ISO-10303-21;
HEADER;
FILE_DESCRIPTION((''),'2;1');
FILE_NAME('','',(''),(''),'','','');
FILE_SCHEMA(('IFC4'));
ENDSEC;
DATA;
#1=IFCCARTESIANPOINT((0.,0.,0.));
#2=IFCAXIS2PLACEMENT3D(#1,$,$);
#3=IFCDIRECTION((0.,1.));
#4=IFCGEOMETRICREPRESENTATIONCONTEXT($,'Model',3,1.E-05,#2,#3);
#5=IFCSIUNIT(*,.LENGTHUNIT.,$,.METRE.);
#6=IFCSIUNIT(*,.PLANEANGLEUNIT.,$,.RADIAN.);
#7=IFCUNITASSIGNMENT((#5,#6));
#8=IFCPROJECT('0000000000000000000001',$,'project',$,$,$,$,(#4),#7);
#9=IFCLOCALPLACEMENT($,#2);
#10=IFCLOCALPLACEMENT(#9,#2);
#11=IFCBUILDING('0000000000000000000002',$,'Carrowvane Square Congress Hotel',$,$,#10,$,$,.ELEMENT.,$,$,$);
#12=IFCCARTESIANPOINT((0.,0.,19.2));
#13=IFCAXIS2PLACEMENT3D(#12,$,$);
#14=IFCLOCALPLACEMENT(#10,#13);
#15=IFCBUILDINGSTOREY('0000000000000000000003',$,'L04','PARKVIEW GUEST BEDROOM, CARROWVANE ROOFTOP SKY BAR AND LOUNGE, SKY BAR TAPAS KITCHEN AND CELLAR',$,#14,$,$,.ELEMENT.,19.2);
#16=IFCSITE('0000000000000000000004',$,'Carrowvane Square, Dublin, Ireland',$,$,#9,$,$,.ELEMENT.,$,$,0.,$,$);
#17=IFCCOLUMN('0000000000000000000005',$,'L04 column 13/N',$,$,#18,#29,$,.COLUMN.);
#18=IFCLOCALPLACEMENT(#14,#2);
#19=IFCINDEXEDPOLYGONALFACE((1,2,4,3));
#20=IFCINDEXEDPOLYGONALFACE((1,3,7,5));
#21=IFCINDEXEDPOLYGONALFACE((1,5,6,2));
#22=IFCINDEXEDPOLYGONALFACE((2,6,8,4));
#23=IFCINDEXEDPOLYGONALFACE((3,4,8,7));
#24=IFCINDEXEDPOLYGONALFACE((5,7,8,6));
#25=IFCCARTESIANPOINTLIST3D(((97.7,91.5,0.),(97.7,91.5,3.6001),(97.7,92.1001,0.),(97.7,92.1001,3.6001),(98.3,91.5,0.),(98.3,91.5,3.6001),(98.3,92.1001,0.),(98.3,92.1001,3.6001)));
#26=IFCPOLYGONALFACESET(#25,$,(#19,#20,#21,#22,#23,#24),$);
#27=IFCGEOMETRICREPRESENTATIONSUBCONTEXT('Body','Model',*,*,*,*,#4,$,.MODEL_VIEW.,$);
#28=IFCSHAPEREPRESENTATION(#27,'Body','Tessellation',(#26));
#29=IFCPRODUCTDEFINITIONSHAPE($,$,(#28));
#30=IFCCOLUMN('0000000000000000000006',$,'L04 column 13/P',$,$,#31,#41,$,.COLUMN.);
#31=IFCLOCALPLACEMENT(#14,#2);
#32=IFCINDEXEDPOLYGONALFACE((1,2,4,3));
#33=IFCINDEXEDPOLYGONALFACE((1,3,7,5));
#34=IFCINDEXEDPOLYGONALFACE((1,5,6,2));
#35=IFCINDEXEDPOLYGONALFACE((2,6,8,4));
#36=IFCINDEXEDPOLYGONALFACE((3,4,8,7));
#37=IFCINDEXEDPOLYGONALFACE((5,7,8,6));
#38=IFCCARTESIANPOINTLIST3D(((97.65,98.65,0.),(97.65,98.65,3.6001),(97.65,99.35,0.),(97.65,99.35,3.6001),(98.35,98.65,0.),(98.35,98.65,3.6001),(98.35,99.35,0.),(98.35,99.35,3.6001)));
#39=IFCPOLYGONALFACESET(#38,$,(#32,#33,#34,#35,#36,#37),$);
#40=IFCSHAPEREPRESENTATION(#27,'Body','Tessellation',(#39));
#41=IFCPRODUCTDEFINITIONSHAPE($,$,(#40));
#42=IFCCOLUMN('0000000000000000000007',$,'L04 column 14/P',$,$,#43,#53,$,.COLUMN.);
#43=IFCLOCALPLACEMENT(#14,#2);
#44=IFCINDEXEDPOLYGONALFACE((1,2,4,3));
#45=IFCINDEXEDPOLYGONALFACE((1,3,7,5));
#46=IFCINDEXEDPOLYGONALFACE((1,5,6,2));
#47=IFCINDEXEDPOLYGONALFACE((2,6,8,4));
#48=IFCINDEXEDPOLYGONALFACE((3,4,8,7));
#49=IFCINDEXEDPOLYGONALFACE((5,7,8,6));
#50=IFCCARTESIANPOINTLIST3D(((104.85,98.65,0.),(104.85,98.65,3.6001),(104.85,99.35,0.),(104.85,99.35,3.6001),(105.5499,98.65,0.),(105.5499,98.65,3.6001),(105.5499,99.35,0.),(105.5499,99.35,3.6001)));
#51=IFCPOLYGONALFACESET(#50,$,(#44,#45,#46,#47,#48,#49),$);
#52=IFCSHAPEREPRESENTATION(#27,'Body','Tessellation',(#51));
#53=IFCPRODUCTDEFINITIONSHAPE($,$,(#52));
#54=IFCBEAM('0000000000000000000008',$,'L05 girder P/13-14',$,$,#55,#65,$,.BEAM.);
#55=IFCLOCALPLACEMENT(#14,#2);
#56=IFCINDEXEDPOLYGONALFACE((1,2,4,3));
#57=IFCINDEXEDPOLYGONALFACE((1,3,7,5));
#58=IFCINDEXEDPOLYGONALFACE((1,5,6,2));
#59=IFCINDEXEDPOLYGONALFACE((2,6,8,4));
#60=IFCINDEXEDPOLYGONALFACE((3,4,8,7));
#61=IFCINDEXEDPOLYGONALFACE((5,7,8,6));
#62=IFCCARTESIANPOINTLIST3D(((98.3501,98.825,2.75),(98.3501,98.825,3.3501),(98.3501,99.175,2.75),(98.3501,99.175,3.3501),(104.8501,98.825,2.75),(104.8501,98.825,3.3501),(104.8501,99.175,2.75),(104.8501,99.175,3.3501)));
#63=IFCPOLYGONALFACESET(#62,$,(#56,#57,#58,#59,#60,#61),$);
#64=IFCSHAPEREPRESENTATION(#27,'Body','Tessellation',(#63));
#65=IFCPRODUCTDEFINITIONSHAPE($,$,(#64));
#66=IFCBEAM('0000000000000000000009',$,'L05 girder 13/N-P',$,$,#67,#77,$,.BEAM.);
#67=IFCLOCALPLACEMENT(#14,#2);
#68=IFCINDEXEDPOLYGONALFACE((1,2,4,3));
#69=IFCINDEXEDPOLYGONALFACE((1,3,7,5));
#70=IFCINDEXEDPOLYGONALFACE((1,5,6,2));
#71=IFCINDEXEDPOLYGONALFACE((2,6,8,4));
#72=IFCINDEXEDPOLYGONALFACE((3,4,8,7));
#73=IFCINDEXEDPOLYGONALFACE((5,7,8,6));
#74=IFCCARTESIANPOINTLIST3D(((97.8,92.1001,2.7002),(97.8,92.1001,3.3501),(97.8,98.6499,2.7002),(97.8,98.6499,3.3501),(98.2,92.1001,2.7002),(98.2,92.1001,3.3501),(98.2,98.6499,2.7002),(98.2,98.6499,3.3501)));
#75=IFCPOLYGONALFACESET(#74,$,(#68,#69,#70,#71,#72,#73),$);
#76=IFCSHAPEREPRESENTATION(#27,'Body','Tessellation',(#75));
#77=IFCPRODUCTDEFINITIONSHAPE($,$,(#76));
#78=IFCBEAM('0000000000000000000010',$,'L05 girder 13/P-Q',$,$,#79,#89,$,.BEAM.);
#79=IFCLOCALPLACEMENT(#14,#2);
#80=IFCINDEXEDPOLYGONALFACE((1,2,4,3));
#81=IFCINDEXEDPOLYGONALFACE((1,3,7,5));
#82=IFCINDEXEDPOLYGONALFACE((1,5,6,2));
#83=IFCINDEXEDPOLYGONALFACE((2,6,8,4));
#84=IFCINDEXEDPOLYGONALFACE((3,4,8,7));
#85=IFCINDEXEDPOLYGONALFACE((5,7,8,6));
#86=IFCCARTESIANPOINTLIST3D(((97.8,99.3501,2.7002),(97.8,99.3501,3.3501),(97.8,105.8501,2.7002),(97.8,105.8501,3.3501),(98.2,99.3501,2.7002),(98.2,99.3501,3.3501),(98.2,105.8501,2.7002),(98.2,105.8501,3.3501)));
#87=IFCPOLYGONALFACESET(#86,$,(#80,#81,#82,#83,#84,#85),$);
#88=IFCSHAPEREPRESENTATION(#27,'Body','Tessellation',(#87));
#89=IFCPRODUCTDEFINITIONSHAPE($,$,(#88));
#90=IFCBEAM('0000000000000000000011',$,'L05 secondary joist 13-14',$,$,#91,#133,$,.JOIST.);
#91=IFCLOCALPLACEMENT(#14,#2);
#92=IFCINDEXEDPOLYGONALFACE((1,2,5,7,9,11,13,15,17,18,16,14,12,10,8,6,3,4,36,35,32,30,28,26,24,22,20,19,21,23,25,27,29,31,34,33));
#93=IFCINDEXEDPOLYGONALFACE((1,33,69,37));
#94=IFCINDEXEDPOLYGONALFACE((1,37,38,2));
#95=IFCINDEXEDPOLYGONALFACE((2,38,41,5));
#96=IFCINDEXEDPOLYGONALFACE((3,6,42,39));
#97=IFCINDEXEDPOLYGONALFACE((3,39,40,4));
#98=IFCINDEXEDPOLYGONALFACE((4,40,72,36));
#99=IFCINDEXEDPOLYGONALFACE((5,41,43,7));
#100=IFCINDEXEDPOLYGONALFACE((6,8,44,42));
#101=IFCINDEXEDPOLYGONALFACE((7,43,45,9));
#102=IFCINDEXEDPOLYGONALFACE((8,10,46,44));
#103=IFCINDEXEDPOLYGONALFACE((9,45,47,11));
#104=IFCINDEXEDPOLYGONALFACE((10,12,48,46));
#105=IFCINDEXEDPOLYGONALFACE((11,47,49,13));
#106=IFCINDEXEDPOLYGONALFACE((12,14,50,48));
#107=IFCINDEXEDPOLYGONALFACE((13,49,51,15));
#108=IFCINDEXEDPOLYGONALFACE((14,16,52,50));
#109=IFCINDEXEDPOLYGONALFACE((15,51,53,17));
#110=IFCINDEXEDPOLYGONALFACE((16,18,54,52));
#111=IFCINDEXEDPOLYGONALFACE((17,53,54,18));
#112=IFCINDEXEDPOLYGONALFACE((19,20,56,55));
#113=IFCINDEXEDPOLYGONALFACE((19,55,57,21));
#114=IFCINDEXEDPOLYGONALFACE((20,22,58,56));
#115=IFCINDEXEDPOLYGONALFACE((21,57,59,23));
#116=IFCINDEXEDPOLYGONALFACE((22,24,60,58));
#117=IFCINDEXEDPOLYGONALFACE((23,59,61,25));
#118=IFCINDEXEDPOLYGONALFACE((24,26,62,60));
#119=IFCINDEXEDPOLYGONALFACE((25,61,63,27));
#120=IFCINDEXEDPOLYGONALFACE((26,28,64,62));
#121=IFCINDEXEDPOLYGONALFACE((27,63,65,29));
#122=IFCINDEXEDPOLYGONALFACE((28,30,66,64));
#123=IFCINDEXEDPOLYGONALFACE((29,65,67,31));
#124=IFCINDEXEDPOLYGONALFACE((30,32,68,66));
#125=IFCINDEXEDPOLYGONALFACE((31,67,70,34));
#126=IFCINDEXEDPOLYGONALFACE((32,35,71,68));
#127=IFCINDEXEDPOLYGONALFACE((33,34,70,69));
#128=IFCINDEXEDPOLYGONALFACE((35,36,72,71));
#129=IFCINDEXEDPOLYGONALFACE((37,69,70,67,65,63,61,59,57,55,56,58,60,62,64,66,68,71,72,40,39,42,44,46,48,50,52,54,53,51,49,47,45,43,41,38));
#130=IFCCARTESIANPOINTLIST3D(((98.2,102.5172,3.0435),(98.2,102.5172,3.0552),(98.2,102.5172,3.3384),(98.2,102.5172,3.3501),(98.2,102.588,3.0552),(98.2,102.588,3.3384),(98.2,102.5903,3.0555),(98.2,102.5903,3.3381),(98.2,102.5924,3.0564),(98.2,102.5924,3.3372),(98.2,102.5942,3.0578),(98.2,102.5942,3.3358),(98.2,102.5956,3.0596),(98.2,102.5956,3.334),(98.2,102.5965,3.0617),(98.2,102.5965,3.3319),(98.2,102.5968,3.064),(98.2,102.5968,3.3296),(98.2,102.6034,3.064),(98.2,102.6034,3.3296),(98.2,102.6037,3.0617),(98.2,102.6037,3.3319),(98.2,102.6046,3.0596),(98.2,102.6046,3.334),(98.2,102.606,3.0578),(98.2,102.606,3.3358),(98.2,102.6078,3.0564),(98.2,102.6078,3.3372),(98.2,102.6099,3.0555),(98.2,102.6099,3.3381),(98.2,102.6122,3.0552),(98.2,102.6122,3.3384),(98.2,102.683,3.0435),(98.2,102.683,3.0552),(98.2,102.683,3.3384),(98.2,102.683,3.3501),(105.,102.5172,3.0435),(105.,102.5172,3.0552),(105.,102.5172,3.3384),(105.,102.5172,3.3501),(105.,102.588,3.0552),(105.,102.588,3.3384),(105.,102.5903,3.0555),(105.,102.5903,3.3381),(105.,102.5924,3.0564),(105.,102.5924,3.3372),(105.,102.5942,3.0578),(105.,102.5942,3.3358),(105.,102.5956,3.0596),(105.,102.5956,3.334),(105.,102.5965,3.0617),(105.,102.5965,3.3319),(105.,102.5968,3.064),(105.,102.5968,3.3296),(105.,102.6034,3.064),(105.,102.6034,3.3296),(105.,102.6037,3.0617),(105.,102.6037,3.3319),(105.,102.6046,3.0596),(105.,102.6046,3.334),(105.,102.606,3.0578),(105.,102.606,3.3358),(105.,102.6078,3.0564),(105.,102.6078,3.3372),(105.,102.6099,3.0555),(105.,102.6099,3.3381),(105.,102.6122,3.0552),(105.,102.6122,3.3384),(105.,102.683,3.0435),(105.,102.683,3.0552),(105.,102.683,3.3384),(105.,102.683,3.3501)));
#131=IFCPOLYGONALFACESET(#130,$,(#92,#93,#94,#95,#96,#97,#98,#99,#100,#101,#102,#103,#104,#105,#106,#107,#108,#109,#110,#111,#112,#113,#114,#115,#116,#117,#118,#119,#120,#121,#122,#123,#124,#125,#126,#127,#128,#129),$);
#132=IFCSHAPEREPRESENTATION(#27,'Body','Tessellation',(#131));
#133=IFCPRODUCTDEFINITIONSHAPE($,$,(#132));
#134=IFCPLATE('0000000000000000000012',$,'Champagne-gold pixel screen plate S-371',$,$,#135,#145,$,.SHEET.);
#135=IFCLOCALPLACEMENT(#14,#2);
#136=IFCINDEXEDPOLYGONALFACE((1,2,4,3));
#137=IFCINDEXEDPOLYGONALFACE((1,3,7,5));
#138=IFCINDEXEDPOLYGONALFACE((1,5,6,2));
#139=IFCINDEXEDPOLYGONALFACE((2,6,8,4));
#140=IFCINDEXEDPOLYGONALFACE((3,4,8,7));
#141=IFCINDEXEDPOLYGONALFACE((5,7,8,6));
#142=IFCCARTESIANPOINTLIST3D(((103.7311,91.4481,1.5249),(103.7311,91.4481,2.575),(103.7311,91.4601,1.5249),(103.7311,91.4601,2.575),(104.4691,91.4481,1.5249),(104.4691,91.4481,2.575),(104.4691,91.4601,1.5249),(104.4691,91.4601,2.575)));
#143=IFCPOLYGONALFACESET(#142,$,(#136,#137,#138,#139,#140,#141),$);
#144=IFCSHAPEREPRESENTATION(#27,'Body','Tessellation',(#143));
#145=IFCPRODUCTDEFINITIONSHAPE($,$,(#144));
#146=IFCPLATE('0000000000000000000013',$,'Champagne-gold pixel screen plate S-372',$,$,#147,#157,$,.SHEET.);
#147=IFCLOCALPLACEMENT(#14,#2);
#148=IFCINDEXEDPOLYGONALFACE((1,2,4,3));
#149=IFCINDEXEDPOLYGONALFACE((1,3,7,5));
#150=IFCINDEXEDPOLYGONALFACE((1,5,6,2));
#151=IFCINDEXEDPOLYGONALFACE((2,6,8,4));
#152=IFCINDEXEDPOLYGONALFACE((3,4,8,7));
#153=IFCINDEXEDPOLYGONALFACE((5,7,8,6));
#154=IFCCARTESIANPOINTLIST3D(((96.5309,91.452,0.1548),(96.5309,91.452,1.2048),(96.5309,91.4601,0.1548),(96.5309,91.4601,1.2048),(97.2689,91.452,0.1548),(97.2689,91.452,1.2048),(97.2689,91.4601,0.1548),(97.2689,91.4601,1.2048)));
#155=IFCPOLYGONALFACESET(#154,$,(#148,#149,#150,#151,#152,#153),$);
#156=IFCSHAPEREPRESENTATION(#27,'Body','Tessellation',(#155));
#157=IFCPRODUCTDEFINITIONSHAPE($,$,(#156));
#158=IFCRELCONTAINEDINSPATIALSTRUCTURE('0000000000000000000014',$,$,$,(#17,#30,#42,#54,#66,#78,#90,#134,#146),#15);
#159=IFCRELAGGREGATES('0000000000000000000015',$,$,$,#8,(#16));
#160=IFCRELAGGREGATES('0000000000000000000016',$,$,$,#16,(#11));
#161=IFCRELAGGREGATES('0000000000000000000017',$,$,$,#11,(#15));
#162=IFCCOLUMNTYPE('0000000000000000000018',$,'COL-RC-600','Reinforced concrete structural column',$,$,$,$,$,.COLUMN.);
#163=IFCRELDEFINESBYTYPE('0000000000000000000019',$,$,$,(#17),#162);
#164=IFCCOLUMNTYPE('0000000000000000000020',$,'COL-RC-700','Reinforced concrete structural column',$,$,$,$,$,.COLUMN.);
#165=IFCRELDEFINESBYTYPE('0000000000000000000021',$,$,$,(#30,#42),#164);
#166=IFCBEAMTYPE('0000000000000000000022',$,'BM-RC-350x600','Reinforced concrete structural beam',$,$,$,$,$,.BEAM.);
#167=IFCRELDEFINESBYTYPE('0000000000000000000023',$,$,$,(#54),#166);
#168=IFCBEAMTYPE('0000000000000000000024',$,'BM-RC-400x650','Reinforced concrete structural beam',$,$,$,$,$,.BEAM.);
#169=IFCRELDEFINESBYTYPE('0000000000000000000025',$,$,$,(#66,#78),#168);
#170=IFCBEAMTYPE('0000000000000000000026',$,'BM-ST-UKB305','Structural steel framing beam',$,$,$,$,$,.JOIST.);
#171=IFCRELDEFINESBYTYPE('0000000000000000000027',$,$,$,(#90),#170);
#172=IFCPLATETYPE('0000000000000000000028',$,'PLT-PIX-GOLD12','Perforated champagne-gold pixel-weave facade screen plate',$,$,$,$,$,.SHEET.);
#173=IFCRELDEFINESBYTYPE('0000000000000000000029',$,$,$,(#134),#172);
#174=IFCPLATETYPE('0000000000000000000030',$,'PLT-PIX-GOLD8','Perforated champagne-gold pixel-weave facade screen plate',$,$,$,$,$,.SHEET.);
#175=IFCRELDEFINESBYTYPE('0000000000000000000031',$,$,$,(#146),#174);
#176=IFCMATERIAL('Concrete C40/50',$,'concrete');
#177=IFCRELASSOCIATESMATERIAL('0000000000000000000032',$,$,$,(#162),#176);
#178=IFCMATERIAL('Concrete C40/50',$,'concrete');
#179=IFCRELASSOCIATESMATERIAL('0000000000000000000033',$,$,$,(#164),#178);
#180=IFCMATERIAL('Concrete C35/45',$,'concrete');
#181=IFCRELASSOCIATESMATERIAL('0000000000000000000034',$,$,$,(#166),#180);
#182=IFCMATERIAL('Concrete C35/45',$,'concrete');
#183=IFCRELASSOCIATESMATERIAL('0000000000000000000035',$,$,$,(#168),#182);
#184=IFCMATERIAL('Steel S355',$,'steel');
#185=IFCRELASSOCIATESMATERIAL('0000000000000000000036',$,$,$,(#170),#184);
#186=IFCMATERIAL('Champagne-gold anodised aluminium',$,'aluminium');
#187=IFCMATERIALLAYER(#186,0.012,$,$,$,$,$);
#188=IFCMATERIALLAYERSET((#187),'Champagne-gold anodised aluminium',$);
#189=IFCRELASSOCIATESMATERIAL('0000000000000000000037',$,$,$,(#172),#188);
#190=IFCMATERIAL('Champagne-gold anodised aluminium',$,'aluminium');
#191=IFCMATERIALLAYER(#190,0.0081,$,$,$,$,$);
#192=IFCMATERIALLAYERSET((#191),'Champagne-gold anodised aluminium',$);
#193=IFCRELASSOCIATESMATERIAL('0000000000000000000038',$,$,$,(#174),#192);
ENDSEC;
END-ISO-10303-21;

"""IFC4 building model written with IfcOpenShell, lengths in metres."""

from ifc_helpers import new_model, si_unit, direction, frame, origin, origin_2d, place, context, subcontext, project, spatial, rectangle, i_section, extrude, material, layer, layer_set, material_profile, profile_set, type_object, element, save


model = new_model("IFC4")

# Units and contexts
model_context = context("Model", 3, precision=1e-05, world=origin(), true_north=direction((0.0, 1.0)))
body_context = subcontext(model_context, "Body", "Model", "MODEL_VIEW")
ifc_project = project(units=[si_unit("LENGTHUNIT", "METRE"), si_unit("PLANEANGLEUNIT", "RADIAN")], contexts=[model_context])

# Site, building, storey
site_placement = place(None, origin())
site = spatial("IfcSite", under=ifc_project, at=site_placement, Name="Carrowvane Square, Dublin, Ireland", CompositionType="ELEMENT", RefElevation=0.0)
building_placement = place(site_placement, origin())
building = spatial("IfcBuilding", under=site, at=building_placement, Name="Carrowvane Square Congress Hotel", CompositionType="ELEMENT")
storey_placement = place(building_placement, frame((0.0, 0.0, 19.2)))
storey = spatial("IfcBuildingStorey", under=building, at=storey_placement, Name="L04", Description="PARKVIEW GUEST BEDROOM, CARROWVANE ROOFTOP SKY BAR AND LOUNGE, SKY BAR TAPAS KITCHEN AND CELLAR", CompositionType="ELEMENT", Elevation=19.2)

# Columns
ifc_material_1 = material(Name="Concrete C40/50", Category="concrete")
ifc_material_profile_1 = material_profile(ifc_material_1, rectangle(XDim=0.6001, YDim=0.6001, at=origin_2d()), Name="RC 600x600")
ifc_profile_set_1 = profile_set([ifc_material_profile_1], Name="Concrete C40/50")
column_type_1 = type_object("IfcColumnType", Name="COL-RC-600", Description="Reinforced concrete structural column", PredefinedType="COLUMN", material=ifc_profile_set_1)
column_placement = place(storey_placement, frame((98.0, 91.8, 0.0), z_axis=(0.0, 0.0, 1.0), x_axis=(1.0, 0.0, 0.0)))
element("IfcColumn", 1, at=column_placement, inside=storey, type_object=column_type_1, Name="L04 column 13/N", PredefinedType="COLUMN", context=body_context, shape_type="SweptSolid", body=[
    extrude(rectangle(XDim=0.6001, YDim=0.6001, at=origin_2d()), origin(), (0.0, 0.0, 1.0), 3.6001),
])
ifc_material_2 = material(Name="Concrete C40/50", Category="concrete")
ifc_material_profile_2 = material_profile(ifc_material_2, rectangle(XDim=0.7, YDim=0.7, at=origin_2d()), Name="RC 700x700")
ifc_profile_set_2 = profile_set([ifc_material_profile_2], Name="Concrete C40/50")
column_type_2 = type_object("IfcColumnType", Name="COL-RC-700", Description="Reinforced concrete structural column", PredefinedType="COLUMN", material=ifc_profile_set_2)
for number, where, z_axis, x_axis, name in (
    (2, (98.0, 99.0, 0.0), (0.0, 0.0, 1.0), (1.0, 0.0, 0.0), "L04 column 13/P"),
    (3, (105.2, 99.0, 0.0), (0.0, 0.0, 1.0), (1.0, 0.0, 0.0), "L04 column 14/P"),
):
    element("IfcColumn", number, at=place(storey_placement, frame(where, z_axis=z_axis, x_axis=x_axis)), inside=storey, type_object=column_type_2, Name=name, PredefinedType="COLUMN", context=body_context, shape_type="SweptSolid", body=[
        extrude(rectangle(XDim=0.7, YDim=0.7, at=origin_2d()), origin(), (0.0, 0.0, 1.0), 3.6001),
    ])

# Beams
ifc_material_3 = material(Name="Concrete C35/45", Category="concrete")
ifc_material_profile_3 = material_profile(ifc_material_3, rectangle(XDim=0.3501, YDim=0.6001, at=origin_2d()), Name="RC 350x600")
ifc_profile_set_3 = profile_set([ifc_material_profile_3], Name="Concrete C35/45")
beam_type_1 = type_object("IfcBeamType", Name="BM-RC-350x600", Description="Reinforced concrete structural beam", PredefinedType="BEAM", material=ifc_profile_set_3)
beam_1_placement = place(storey_placement, frame((98.3501, 99.0, 3.05), z_axis=(1.0, 0.0, 0.0), x_axis=(0.0, 1.0, 0.0)))
element("IfcBeam", 4, at=beam_1_placement, inside=storey, type_object=beam_type_1, Name="L05 girder P/13-14", PredefinedType="BEAM", context=body_context, shape_type="SweptSolid", body=[
    extrude(rectangle(XDim=0.3501, YDim=0.6001, at=origin_2d()), origin(), (0.0, 0.0, 1.0), 6.5),
])
ifc_material_4 = material(Name="Concrete C35/45", Category="concrete")
ifc_material_profile_4 = material_profile(ifc_material_4, rectangle(XDim=0.3999, YDim=0.6499, at=origin_2d()), Name="RC 400x650")
ifc_profile_set_4 = profile_set([ifc_material_profile_4], Name="Concrete C35/45")
beam_type_2 = type_object("IfcBeamType", Name="BM-RC-400x650", Description="Reinforced concrete structural beam", PredefinedType="BEAM", material=ifc_profile_set_4)
beam_2_placement = place(storey_placement, frame((98.0, 92.1001, 3.0251), z_axis=(0.0, 1.0, 0.0), x_axis=(-1.0, 0.0, 0.0)))
element("IfcBeam", 5, at=beam_2_placement, inside=storey, type_object=beam_type_2, Name="L05 girder 13/N-P", PredefinedType="BEAM", context=body_context, shape_type="SweptSolid", body=[
    extrude(rectangle(XDim=0.3999, YDim=0.6499, at=origin_2d()), origin(), (0.0, 0.0, 1.0), 6.5498),
])
beam_3_placement = place(storey_placement, frame((98.0, 99.3501, 3.0251), z_axis=(0.0, 1.0, 0.0), x_axis=(-1.0, 0.0, 0.0)))
element("IfcBeam", 6, at=beam_3_placement, inside=storey, type_object=beam_type_2, Name="L05 girder 13/P-Q", PredefinedType="BEAM", context=body_context, shape_type="SweptSolid", body=[
    extrude(rectangle(XDim=0.3999, YDim=0.6499, at=origin_2d()), origin(), (0.0, 0.0, 1.0), 6.5),
])
ifc_material_5 = material(Name="Steel S355", Category="steel")
ifc_material_profile_5 = material_profile(ifc_material_5, i_section(OverallWidth=0.1658, OverallDepth=0.3066, WebThickness=0.0066, FlangeThickness=0.0117, FilletRadius=0.0088, at=origin_2d()), Name="UKB 305x165x46")
ifc_profile_set_5 = profile_set([ifc_material_profile_5], Name="Steel S355")
beam_type_3 = type_object("IfcBeamType", Name="BM-ST-UKB305", Description="Structural steel framing beam", PredefinedType="JOIST", material=ifc_profile_set_5)
beam_4_placement = place(storey_placement, frame((98.2, 102.6001, 3.1968), z_axis=(1.0, 0.0, 0.0), x_axis=(0.0, 1.0, 0.0)))
element("IfcBeam", 7, at=beam_4_placement, inside=storey, type_object=beam_type_3, Name="L05 secondary joist 13-14", PredefinedType="JOIST", context=body_context, shape_type="SweptSolid", body=[
    extrude(i_section(OverallWidth=0.1658, OverallDepth=0.3066, WebThickness=0.0066, FlangeThickness=0.0117, FilletRadius=0.0088, at=origin_2d()), origin(), (0.0, 0.0, 1.0), 6.8),
])

# Plates
ifc_material_6 = material(Name="Champagne-gold anodised aluminium", Category="aluminium")
ifc_layer_1 = layer(ifc_material_6, 0.012)
ifc_layer_set_1 = layer_set([ifc_layer_1], Name="Champagne-gold anodised aluminium")
plate_type_1 = type_object("IfcPlateType", Name="PLT-PIX-GOLD12", Description="Perforated champagne-gold pixel-weave facade screen plate", PredefinedType="SHEET", material=ifc_layer_set_1)
plate_1_placement = place(storey_placement, frame((104.1001, 91.4541, 1.5249), z_axis=(0.0, 0.0, 1.0), x_axis=(-1.0, 0.0, 0.0)))
element("IfcPlate", 8, at=plate_1_placement, inside=storey, type_object=plate_type_1, Name="Champagne-gold pixel screen plate S-371", PredefinedType="SHEET", context=body_context, shape_type="SweptSolid", body=[
    extrude(rectangle(XDim=0.738, YDim=0.012, at=origin_2d()), origin(), (0.0, 0.0, 1.0), 1.05),
])
ifc_material_7 = material(Name="Champagne-gold anodised aluminium", Category="aluminium")
ifc_layer_2 = layer(ifc_material_7, 0.0081)
ifc_layer_set_2 = layer_set([ifc_layer_2], Name="Champagne-gold anodised aluminium")
plate_type_2 = type_object("IfcPlateType", Name="PLT-PIX-GOLD8", Description="Perforated champagne-gold pixel-weave facade screen plate", PredefinedType="SHEET", material=ifc_layer_set_2)
plate_2_placement = place(storey_placement, frame((96.8999, 91.4561, 0.1548), z_axis=(0.0, 0.0, 1.0), x_axis=(-1.0, 0.0, 0.0)))
element("IfcPlate", 9, at=plate_2_placement, inside=storey, type_object=plate_type_2, Name="Champagne-gold pixel screen plate S-372", PredefinedType="SHEET", context=body_context, shape_type="SweptSolid", body=[
    extrude(rectangle(XDim=0.738, YDim=0.0081, at=origin_2d()), origin(), (0.0, 0.0, 1.0), 1.05),
])

save(model, "model.ifc")
